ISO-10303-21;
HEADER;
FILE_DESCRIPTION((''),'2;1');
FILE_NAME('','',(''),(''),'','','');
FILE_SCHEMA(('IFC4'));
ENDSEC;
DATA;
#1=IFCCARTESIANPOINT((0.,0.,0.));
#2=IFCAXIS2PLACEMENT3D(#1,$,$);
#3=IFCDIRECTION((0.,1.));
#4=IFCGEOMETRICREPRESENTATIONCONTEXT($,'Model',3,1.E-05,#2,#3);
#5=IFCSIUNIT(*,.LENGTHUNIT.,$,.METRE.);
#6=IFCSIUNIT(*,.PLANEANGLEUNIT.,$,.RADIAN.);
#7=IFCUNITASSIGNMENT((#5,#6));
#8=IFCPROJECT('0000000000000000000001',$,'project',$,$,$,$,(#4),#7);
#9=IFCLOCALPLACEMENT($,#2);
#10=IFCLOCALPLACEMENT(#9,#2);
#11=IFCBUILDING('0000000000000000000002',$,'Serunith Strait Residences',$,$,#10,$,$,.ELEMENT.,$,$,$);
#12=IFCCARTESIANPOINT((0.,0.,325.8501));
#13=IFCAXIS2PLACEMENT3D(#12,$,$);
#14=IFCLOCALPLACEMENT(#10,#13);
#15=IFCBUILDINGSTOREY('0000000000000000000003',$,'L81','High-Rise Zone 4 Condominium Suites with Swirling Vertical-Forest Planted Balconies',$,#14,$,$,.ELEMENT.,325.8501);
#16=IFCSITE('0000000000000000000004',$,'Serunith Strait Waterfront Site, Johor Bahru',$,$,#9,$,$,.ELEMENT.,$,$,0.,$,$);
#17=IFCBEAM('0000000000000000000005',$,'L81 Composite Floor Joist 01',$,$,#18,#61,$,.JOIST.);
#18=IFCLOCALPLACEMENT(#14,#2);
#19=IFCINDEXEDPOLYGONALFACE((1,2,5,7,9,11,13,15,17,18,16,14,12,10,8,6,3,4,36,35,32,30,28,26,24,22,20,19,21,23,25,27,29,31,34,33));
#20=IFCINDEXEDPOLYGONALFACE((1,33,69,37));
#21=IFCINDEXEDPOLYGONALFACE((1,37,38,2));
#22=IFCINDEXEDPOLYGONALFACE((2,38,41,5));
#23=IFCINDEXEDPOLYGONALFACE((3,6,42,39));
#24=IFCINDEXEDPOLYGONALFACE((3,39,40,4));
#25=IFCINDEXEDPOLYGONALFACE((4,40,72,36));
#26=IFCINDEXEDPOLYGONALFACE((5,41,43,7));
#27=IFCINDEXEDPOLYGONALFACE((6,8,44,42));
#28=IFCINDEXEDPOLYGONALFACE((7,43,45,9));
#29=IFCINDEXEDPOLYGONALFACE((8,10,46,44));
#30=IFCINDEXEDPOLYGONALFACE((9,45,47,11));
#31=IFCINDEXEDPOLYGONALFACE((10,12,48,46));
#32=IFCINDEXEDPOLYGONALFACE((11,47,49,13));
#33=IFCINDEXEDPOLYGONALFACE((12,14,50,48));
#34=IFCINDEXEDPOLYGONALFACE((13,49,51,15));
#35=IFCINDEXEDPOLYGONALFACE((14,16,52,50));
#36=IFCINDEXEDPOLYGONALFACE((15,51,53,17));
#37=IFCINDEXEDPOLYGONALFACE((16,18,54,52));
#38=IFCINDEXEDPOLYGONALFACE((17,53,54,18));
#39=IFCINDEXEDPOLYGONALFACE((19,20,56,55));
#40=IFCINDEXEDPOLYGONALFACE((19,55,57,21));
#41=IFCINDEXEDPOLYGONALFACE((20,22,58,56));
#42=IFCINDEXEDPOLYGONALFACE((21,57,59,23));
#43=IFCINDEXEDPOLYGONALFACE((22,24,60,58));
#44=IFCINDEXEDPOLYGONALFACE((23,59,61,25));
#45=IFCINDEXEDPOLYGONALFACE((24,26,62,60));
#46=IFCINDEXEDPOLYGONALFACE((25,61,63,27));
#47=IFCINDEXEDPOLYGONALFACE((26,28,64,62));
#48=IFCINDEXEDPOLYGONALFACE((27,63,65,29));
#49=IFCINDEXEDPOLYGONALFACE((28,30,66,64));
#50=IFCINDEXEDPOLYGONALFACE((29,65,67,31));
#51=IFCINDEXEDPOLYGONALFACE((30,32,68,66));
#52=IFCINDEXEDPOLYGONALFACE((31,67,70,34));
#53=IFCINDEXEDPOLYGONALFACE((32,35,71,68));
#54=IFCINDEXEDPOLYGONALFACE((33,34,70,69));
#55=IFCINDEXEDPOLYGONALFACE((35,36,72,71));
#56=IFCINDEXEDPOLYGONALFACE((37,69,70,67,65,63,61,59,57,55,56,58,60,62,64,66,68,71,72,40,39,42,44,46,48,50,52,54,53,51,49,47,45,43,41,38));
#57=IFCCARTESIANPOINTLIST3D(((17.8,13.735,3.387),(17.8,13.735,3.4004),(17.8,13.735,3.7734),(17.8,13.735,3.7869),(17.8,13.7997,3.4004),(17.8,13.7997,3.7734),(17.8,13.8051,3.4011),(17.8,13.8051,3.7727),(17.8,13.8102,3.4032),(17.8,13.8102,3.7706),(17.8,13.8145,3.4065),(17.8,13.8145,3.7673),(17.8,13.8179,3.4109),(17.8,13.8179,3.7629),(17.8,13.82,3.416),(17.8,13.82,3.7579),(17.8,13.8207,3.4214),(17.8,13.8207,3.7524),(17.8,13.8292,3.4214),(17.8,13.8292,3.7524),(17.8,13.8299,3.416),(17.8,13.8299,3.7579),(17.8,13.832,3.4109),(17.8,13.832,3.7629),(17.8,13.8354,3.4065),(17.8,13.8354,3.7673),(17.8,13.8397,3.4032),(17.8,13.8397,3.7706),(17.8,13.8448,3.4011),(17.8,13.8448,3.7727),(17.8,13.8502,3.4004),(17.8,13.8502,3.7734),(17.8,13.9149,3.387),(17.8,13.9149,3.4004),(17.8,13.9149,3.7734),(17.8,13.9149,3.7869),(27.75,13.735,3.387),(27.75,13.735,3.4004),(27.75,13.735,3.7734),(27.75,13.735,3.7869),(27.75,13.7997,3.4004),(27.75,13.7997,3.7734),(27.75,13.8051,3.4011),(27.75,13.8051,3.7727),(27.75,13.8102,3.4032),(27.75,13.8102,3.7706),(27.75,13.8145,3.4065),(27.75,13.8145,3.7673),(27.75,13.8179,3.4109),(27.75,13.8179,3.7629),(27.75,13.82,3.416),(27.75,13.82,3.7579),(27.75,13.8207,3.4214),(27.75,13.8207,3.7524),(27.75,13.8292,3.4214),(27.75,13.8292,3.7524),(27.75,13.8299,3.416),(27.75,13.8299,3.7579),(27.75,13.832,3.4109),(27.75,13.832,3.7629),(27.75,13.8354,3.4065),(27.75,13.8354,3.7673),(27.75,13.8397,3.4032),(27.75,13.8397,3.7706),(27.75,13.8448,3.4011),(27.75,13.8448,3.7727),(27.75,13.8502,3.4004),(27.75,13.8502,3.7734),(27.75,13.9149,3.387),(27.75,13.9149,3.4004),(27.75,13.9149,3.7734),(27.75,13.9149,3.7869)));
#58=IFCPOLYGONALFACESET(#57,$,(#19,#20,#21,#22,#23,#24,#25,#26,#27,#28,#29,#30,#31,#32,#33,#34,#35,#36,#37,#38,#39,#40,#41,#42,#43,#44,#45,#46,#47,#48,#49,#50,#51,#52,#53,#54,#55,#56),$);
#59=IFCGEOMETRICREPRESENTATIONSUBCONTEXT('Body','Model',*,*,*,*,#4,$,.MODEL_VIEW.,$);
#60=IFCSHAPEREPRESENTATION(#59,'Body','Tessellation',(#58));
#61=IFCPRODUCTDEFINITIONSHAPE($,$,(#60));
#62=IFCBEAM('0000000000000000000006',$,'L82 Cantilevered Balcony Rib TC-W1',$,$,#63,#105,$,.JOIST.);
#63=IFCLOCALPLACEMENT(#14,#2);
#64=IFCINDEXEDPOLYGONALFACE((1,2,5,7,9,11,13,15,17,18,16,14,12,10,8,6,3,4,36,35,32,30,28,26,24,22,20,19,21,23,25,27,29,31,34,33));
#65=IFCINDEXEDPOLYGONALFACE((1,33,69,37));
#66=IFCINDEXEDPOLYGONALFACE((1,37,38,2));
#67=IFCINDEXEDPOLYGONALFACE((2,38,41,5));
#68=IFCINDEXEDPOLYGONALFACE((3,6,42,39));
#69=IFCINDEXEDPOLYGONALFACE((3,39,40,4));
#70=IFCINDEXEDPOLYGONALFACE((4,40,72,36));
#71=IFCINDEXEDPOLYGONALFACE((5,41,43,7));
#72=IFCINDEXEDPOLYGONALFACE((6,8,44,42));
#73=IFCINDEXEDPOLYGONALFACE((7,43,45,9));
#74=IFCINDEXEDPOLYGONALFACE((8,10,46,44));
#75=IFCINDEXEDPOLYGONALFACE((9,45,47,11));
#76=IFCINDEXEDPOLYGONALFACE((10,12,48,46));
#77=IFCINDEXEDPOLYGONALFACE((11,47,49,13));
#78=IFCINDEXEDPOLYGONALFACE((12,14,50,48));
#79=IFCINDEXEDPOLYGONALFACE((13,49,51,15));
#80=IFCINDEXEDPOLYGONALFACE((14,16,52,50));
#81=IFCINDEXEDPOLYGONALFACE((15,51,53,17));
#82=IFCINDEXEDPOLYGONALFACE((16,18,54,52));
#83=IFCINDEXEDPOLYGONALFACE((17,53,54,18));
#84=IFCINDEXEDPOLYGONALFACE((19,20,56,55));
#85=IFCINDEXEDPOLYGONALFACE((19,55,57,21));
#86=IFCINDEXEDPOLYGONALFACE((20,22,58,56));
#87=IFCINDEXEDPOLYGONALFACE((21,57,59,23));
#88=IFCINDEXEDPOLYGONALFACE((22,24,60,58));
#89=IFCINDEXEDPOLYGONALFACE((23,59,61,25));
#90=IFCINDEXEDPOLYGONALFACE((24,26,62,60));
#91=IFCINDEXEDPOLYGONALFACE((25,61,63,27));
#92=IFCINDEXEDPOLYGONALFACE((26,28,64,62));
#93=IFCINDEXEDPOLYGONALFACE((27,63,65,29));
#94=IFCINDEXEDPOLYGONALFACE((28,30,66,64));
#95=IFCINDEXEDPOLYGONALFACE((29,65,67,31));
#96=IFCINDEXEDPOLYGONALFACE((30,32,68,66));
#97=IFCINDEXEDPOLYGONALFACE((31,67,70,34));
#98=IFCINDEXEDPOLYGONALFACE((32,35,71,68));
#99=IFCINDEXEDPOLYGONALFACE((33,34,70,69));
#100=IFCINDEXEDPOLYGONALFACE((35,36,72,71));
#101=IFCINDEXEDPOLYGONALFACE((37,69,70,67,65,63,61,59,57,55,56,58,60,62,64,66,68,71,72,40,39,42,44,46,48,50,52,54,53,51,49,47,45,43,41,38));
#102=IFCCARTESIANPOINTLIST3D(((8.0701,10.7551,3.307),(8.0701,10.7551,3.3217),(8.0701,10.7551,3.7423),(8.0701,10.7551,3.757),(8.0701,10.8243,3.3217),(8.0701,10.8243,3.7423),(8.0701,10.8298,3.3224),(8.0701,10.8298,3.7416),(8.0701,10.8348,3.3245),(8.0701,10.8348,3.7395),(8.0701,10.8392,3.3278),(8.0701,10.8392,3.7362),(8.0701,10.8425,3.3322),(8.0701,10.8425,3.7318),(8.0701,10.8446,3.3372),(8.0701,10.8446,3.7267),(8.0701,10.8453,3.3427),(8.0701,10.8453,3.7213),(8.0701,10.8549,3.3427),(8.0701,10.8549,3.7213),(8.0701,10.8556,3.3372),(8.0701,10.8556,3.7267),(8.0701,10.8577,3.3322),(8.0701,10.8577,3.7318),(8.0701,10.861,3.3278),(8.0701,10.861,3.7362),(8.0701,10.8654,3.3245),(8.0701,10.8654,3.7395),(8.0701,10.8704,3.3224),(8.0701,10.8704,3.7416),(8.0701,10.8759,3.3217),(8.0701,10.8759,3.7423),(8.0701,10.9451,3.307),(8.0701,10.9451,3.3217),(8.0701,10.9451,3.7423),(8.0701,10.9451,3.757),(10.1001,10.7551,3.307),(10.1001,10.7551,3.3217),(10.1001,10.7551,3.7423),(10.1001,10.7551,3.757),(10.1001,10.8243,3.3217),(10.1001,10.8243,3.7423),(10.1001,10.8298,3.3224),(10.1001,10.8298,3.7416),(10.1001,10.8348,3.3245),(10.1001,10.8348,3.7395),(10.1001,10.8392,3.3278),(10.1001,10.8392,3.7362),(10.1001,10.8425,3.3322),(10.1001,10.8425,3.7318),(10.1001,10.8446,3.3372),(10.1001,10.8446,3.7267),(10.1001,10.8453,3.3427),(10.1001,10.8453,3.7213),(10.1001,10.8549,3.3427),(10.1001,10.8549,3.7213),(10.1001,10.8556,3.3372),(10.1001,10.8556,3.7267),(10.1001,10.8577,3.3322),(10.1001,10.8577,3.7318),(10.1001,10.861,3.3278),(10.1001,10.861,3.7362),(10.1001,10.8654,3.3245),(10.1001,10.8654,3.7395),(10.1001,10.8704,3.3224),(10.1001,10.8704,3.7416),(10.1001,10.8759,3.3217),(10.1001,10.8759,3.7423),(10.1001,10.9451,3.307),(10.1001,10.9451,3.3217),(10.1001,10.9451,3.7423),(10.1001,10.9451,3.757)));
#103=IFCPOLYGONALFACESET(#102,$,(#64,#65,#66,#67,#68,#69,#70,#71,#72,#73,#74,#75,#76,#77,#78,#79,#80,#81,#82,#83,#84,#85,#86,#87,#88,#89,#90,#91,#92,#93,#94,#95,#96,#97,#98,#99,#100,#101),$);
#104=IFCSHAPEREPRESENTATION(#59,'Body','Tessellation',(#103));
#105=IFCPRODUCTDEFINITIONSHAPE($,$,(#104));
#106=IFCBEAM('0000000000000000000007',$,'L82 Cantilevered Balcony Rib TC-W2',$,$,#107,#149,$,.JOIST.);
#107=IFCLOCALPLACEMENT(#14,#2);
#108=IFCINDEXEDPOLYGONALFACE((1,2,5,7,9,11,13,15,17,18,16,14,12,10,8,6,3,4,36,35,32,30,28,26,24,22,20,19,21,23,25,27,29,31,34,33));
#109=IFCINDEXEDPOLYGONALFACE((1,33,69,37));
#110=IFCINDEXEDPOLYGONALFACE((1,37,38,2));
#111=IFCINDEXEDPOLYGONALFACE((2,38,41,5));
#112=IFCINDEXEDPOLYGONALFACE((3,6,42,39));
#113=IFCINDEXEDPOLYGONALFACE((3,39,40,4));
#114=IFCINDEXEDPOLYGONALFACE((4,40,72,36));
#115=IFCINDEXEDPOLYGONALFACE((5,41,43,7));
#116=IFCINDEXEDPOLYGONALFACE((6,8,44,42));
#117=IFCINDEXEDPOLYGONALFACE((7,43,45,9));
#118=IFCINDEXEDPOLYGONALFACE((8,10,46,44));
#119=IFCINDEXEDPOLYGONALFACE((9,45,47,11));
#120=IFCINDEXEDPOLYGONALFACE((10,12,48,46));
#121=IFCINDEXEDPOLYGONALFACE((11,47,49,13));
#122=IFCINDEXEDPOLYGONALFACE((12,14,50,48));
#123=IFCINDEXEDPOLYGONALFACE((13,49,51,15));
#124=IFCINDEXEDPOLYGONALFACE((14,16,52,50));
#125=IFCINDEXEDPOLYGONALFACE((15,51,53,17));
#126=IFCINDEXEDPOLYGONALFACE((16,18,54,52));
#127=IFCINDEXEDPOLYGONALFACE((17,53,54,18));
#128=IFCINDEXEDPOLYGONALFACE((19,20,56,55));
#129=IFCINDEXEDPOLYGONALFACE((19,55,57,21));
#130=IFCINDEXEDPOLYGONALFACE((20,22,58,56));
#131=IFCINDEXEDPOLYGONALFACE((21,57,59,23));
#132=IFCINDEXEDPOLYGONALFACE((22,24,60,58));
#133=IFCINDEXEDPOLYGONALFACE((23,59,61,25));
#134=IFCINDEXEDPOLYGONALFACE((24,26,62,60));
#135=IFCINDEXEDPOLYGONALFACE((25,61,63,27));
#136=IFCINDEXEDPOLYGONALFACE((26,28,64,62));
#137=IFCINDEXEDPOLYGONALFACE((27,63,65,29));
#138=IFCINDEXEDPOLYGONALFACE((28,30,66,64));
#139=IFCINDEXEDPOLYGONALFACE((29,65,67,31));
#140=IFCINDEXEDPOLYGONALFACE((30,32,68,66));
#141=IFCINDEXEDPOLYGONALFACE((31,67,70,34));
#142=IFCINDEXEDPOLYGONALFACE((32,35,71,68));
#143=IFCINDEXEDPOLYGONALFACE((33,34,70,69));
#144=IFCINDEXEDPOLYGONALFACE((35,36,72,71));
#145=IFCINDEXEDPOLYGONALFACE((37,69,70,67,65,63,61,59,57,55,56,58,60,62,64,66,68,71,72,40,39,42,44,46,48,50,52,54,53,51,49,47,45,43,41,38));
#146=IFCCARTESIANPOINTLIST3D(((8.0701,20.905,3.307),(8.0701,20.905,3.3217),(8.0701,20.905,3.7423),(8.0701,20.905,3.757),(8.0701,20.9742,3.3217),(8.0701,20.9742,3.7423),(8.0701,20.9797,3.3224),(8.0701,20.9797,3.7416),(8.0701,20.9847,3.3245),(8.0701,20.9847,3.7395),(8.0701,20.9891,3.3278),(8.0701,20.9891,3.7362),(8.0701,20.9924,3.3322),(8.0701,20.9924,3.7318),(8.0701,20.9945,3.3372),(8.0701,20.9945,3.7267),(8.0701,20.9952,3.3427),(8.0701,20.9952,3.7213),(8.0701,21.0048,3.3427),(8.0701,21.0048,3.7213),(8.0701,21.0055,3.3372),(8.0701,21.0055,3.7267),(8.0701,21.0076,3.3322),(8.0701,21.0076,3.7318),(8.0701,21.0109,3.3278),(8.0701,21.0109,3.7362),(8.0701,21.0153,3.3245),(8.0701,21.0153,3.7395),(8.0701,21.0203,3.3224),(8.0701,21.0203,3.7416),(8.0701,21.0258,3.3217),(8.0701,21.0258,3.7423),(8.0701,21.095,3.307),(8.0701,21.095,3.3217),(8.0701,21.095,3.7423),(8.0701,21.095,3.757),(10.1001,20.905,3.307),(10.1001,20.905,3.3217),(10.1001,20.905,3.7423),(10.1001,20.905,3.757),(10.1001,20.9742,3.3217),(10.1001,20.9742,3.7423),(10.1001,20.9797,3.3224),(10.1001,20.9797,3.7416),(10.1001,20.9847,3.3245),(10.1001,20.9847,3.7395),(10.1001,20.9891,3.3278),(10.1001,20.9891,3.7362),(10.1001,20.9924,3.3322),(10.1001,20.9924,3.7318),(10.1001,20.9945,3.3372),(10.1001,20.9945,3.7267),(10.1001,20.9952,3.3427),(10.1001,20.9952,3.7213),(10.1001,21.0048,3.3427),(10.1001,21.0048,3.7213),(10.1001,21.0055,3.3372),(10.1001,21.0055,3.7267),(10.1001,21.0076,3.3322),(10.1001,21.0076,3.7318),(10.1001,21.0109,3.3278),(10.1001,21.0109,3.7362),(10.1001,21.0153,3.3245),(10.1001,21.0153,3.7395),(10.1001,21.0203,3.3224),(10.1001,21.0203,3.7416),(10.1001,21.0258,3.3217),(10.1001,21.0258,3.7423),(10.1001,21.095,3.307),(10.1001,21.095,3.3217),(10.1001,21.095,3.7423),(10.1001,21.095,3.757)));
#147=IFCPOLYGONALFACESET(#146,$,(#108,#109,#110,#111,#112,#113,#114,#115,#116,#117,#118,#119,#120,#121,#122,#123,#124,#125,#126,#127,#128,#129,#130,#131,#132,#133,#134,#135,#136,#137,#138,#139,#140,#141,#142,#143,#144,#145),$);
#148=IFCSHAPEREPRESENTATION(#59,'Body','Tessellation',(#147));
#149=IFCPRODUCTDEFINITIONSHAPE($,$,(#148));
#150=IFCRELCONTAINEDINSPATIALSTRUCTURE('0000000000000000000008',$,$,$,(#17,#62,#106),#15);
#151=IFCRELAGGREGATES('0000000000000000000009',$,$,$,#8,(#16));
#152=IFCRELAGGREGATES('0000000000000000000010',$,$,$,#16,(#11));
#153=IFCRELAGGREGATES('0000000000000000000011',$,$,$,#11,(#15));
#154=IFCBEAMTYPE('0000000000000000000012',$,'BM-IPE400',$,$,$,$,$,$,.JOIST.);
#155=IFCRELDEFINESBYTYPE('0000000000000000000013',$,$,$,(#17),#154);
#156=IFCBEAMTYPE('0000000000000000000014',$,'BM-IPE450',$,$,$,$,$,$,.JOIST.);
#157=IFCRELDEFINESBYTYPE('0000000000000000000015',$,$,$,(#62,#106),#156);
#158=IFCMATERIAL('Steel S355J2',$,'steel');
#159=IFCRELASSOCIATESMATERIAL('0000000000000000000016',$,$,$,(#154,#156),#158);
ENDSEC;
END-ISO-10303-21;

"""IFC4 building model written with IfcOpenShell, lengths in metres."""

from ifc_helpers import new_model, si_unit, direction, frame, origin, origin_2d, place, context, subcontext, project, spatial, i_section, extrude, source, transform, mapped, material, material_profile, profile_set, type_object, element, save


model = new_model("IFC4")

# Units and contexts
model_context = context("Model", 3, precision=1e-05, world=origin(), true_north=direction((0.0, 1.0)))
body_context = subcontext(model_context, "Body", "Model", "MODEL_VIEW")
ifc_project = project(units=[si_unit("LENGTHUNIT", "METRE"), si_unit("PLANEANGLEUNIT", "RADIAN")], contexts=[model_context])

# Site, building, storey
site_placement = place(None, origin())
site = spatial("IfcSite", under=ifc_project, at=site_placement, Name="Serunith Strait Waterfront Site, Johor Bahru", CompositionType="ELEMENT", RefElevation=0.0)
building_placement = place(site_placement, origin())
building = spatial("IfcBuilding", under=site, at=building_placement, Name="Serunith Strait Residences", CompositionType="ELEMENT")
storey_placement = place(building_placement, frame((0.0, 0.0, 325.8501)))
storey = spatial("IfcBuildingStorey", under=building, at=storey_placement, Name="L81", Description="High-Rise Zone 4 Condominium Suites with Swirling Vertical-Forest Planted Balconies", CompositionType="ELEMENT", Elevation=325.8501)

# Beams
ifc_material_1 = material(Name="Steel S355J2", Category="steel")
ifc_material_profile_1 = material_profile(ifc_material_1, i_section(OverallWidth=0.1799, OverallDepth=0.3999, WebThickness=0.0085, FlangeThickness=0.0134, FilletRadius=0.021, at=origin_2d()), Name="IPE 400")
ifc_profile_set_1 = profile_set([ifc_material_profile_1], Name="Steel S355J2")
beam_type_1 = type_object("IfcBeamType", Name="BM-IPE400", PredefinedType="JOIST", material=ifc_profile_set_1)
shared_shape_1 = source(origin(), body_context, "Body", "SweptSolid", [
    extrude(i_section(OverallWidth=0.1799, OverallDepth=0.3999, WebThickness=0.0085, FlangeThickness=0.0134, FilletRadius=0.021, at=origin_2d()), origin(), (0.0, 0.0, 1.0), 9.95),
])
beam_1_placement = place(storey_placement, frame((17.8, 13.825, 3.5869), z_axis=(1.0, 0.0, 0.0), x_axis=(0.0, 1.0, 0.0)))
element("IfcBeam", 1, at=beam_1_placement, inside=storey, type_object=beam_type_1, Name="L81 Composite Floor Joist 01", PredefinedType="JOIST", context=body_context, shape_type="MappedRepresentation", body=[
    mapped(shared_shape_1, transform((0.0, 0.0, 0.0), scale=1.0)),
])
ifc_material_profile_2 = material_profile(ifc_material_1, i_section(OverallWidth=0.1899, OverallDepth=0.45, WebThickness=0.0095, FlangeThickness=0.0146, FilletRadius=0.021, at=origin_2d()), Name="IPE 450")
ifc_profile_set_2 = profile_set([ifc_material_profile_2], Name="Steel S355J2")
beam_type_2 = type_object("IfcBeamType", Name="BM-IPE450", PredefinedType="JOIST", material=ifc_profile_set_2)
shared_shape_2 = source(origin(), body_context, "Body", "SweptSolid", [
    extrude(i_section(OverallWidth=0.1899, OverallDepth=0.45, WebThickness=0.0095, FlangeThickness=0.0146, FilletRadius=0.021, at=origin_2d()), origin(), (0.0, 0.0, 1.0), 2.03),
])
for number, where, z_axis, x_axis, name in (
    (2, (10.1001, 10.8501, 3.532), (-1.0, 0.0, 0.0), (0.0, -1.0, 0.0), "L82 Cantilevered Balcony Rib TC-W1"),
    (3, (10.1001, 21.0, 3.532), (-1.0, 0.0, 0.0), (0.0, -1.0, 0.0), "L82 Cantilevered Balcony Rib TC-W2"),
):
    element("IfcBeam", number, at=place(storey_placement, frame(where, z_axis=z_axis, x_axis=x_axis)), inside=storey, type_object=beam_type_2, Name=name, PredefinedType="JOIST", context=body_context, shape_type="MappedRepresentation", body=[
        mapped(shared_shape_2, transform((0.0, 0.0, 0.0), scale=1.0)),
    ])

save(model, "model.ifc")
